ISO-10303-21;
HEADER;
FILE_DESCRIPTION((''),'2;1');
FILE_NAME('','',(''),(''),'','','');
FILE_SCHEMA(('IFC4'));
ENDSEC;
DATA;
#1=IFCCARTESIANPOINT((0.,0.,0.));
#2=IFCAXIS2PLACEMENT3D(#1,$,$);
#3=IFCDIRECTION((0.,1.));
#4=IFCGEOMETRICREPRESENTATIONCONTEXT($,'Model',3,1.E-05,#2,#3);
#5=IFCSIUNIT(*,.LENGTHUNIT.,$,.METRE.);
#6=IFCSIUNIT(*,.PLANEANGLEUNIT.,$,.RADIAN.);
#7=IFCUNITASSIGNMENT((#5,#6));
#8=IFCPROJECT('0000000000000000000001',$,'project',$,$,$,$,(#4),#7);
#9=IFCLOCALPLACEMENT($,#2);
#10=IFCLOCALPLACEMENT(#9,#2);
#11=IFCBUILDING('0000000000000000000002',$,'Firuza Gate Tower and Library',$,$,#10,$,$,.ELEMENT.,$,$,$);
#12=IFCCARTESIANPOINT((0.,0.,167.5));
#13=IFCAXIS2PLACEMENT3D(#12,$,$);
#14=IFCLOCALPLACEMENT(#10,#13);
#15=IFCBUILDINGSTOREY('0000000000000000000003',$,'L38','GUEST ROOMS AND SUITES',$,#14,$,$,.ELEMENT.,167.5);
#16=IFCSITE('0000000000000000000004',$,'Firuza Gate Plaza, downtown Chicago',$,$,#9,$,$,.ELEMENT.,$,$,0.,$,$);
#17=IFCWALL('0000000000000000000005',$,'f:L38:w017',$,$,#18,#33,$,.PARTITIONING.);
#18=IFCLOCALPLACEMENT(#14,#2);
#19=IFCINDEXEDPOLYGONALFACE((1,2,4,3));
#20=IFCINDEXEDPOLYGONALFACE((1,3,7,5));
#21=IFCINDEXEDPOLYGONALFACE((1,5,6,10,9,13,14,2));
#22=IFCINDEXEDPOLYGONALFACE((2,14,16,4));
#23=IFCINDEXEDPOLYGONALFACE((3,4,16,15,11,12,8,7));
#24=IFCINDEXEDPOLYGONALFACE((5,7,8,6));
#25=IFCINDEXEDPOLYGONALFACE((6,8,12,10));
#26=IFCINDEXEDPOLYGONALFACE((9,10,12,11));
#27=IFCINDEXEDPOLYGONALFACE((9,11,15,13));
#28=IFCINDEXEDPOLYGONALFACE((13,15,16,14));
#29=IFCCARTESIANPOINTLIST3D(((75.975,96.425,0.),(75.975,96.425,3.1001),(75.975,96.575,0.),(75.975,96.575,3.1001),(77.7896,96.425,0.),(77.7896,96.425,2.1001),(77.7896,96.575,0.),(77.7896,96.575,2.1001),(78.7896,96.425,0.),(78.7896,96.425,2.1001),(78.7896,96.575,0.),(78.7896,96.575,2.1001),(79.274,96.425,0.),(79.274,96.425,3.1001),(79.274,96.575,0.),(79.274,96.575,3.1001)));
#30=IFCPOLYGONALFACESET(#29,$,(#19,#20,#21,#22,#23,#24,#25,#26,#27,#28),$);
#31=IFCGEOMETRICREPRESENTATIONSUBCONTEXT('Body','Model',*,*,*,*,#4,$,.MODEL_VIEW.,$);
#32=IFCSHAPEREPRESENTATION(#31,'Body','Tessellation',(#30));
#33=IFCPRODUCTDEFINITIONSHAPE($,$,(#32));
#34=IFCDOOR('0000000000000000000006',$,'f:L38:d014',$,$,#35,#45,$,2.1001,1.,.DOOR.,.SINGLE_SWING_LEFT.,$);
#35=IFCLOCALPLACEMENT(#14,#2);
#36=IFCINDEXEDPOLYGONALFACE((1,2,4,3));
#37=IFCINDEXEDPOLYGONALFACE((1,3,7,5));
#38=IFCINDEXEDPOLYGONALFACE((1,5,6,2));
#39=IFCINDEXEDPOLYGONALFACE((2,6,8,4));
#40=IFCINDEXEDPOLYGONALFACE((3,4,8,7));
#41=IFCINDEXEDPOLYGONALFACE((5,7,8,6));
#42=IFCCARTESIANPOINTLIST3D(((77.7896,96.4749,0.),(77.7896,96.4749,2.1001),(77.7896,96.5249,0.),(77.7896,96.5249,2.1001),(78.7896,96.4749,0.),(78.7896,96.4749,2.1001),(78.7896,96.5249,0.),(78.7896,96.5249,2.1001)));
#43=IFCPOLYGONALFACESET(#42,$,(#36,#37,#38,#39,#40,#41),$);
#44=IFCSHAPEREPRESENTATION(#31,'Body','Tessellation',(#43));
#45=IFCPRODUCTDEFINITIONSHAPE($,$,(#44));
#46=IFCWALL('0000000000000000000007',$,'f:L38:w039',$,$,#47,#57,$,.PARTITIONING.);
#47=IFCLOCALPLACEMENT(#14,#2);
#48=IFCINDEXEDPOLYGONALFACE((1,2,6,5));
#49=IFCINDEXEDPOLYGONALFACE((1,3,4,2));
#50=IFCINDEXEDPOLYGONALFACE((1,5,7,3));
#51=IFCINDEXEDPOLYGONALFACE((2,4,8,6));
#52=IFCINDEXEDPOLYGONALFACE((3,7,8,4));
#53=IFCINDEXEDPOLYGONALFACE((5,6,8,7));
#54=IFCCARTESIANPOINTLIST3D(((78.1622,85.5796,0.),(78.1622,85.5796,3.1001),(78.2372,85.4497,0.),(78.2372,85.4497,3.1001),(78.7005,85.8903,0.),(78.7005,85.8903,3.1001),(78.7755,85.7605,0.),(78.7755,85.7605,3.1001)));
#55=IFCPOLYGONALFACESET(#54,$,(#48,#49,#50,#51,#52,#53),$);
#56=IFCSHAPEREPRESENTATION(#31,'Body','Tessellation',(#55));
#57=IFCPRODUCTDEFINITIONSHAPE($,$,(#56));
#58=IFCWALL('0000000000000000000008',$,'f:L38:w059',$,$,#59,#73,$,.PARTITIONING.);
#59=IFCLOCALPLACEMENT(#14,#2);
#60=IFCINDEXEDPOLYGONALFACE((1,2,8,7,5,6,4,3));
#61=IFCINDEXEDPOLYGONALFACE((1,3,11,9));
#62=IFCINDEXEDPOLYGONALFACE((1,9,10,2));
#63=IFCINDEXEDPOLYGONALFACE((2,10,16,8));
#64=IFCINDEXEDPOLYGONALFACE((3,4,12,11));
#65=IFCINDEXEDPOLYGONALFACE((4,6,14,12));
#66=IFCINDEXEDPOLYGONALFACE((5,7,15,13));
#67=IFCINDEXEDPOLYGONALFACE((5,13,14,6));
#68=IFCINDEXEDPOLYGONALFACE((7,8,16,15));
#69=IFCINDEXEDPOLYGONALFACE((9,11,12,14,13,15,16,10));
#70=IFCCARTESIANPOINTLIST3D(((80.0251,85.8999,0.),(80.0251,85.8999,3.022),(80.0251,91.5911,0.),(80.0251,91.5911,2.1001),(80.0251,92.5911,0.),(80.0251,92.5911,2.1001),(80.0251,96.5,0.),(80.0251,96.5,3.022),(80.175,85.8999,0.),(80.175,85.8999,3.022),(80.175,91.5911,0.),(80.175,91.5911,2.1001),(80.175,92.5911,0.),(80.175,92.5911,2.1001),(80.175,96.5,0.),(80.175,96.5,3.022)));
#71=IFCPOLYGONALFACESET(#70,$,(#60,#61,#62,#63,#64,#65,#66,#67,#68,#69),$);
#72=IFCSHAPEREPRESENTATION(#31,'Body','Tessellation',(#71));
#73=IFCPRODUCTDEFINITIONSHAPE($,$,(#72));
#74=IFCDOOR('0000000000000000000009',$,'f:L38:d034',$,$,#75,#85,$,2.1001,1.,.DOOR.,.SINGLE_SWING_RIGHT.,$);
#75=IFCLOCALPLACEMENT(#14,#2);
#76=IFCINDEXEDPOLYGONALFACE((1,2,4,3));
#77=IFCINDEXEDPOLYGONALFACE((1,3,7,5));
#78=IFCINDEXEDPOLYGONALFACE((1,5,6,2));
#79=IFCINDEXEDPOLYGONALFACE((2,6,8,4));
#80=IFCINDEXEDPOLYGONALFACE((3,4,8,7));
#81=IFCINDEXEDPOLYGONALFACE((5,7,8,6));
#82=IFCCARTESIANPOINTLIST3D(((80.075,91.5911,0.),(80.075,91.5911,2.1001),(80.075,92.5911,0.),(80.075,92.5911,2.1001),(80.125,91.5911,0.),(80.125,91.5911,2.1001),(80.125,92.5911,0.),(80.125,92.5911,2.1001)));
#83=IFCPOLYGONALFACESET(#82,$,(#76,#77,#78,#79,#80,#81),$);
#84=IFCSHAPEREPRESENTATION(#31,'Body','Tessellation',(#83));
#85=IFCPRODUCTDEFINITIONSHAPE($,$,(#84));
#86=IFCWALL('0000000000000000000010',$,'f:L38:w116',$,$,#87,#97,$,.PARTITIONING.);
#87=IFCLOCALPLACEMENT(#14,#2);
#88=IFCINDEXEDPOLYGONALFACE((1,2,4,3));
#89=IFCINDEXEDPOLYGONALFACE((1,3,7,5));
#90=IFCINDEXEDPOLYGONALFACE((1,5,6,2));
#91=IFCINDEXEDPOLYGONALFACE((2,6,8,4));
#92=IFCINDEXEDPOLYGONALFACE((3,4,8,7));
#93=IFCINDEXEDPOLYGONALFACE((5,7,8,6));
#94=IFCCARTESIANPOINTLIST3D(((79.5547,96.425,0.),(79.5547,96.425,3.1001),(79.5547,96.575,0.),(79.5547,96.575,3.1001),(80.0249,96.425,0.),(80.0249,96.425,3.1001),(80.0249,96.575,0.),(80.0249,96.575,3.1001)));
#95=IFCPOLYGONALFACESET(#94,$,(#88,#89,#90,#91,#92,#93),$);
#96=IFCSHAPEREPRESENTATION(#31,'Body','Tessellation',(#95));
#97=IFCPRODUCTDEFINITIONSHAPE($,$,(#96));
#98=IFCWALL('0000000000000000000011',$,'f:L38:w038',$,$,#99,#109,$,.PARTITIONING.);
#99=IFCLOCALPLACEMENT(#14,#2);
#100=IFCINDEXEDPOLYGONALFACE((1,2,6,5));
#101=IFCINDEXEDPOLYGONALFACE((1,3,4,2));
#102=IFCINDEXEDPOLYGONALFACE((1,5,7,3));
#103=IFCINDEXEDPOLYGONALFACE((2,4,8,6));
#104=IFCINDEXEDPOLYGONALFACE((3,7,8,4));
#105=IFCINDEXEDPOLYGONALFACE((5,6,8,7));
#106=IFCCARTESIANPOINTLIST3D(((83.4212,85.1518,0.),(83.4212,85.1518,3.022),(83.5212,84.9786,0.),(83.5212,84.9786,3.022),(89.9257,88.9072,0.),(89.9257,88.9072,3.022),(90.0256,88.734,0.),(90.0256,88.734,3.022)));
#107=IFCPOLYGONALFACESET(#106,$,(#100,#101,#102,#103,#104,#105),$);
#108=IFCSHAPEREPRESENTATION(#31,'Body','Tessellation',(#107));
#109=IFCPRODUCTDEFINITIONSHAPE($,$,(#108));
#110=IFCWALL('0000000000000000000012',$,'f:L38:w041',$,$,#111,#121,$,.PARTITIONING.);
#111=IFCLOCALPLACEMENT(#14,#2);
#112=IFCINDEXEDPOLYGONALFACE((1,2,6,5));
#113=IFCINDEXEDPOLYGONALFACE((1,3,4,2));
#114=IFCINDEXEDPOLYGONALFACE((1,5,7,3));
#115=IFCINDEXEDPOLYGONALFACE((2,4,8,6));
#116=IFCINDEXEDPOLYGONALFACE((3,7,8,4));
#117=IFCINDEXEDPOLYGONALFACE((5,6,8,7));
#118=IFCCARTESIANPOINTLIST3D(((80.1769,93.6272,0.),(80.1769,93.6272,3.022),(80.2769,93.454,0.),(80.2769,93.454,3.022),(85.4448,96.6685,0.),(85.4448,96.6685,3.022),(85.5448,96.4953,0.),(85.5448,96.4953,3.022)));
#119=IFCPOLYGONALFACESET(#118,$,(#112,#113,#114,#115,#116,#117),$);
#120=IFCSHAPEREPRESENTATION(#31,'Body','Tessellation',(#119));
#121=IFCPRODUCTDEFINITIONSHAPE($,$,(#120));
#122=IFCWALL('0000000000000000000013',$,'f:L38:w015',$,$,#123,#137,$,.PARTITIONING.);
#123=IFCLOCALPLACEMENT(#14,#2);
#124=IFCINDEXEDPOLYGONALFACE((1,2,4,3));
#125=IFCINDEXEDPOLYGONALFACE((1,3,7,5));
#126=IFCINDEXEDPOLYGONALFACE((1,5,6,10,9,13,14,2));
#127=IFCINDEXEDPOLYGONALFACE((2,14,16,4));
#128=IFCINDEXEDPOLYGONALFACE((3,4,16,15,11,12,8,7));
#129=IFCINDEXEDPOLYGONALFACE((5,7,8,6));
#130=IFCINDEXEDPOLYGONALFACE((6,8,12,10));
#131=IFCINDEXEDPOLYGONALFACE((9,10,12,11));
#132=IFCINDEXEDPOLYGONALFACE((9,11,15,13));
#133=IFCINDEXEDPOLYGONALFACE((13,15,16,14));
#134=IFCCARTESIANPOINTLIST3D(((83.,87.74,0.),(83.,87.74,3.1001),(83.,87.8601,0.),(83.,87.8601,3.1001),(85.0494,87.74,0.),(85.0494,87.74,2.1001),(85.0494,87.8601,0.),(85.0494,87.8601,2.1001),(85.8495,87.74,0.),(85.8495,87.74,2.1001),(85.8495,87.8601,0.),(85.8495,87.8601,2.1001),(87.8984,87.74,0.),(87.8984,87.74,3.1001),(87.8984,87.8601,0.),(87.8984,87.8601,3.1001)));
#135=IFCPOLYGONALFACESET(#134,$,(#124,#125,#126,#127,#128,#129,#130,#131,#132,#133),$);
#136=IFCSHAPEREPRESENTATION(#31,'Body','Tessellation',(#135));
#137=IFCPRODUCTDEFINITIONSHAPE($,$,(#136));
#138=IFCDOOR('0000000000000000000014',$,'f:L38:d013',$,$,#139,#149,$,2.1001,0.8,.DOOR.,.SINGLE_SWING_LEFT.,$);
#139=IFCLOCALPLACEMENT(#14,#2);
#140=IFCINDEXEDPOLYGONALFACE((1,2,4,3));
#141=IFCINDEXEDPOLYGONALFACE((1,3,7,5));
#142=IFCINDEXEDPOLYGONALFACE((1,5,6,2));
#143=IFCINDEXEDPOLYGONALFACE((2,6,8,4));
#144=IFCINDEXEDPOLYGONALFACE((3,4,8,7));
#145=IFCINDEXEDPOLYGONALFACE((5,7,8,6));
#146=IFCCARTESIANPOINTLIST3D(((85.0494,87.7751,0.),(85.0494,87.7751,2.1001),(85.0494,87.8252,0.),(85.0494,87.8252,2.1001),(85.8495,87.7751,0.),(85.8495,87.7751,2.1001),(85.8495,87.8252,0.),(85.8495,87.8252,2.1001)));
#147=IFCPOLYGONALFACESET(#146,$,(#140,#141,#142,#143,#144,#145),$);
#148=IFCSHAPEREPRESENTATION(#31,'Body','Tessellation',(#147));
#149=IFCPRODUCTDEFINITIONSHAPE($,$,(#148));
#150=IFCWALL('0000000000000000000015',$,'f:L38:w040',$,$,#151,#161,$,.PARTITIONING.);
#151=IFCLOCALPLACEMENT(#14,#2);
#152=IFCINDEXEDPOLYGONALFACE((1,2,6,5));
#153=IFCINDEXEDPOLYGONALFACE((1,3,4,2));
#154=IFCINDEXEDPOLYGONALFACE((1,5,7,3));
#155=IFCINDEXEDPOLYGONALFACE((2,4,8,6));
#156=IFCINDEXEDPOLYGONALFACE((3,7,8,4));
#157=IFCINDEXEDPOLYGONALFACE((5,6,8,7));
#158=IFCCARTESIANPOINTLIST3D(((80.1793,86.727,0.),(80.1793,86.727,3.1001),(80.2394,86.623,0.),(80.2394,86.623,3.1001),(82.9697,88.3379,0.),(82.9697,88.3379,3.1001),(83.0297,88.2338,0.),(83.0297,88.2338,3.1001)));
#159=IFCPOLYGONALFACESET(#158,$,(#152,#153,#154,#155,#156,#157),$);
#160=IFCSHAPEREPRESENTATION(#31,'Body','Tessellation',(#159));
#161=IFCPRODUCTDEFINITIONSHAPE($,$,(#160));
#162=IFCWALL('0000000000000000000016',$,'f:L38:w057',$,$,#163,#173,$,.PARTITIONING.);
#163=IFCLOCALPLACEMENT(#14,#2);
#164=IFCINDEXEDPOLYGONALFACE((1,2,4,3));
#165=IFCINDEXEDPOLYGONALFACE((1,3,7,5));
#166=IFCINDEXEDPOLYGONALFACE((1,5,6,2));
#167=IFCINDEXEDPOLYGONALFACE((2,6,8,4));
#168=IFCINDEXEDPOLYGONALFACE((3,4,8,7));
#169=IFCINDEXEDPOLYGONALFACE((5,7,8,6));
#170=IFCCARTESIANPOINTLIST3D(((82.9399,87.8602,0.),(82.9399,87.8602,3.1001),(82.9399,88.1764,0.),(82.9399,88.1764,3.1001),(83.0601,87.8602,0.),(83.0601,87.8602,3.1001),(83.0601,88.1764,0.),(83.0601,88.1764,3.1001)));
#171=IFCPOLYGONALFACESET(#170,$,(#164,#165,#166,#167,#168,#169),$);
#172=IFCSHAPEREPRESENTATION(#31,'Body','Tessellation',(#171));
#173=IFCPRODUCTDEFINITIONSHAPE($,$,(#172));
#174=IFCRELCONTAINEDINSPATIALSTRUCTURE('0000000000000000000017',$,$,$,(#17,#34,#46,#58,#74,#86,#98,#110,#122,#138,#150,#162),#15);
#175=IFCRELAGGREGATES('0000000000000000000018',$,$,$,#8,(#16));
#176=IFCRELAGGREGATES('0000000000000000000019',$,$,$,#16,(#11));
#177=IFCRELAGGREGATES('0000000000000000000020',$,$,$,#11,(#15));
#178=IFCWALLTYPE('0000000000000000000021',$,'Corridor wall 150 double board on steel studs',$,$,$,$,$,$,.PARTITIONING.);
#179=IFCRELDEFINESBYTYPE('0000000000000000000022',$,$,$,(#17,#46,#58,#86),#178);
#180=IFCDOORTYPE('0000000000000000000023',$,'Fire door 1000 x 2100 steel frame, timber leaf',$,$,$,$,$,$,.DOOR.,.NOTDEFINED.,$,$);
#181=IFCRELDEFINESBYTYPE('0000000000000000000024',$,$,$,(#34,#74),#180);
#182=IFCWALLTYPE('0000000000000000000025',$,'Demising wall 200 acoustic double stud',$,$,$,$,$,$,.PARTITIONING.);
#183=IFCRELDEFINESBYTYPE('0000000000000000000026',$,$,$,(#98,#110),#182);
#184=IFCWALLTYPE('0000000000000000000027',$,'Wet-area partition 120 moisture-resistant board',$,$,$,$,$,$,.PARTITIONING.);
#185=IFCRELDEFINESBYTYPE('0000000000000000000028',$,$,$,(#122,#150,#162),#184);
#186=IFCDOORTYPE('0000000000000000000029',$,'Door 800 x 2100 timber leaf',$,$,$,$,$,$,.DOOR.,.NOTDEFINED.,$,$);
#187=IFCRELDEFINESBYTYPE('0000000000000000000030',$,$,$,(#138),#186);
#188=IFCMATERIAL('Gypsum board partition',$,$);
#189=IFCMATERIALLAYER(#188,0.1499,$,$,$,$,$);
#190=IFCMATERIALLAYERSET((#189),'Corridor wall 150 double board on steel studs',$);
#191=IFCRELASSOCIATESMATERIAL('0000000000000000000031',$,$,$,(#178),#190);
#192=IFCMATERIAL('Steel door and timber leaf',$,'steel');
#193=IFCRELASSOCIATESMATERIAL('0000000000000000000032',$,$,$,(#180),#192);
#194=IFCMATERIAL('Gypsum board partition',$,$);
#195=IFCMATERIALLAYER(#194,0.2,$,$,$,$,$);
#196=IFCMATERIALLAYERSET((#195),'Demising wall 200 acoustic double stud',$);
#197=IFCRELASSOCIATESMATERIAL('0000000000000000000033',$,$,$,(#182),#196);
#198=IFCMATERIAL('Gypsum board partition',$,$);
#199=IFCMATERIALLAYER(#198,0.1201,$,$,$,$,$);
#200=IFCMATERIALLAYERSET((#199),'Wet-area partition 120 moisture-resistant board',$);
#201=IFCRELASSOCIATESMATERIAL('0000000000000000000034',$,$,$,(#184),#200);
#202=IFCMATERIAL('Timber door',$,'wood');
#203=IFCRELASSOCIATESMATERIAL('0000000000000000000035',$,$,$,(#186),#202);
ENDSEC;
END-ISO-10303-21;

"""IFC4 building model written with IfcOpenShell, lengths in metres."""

from ifc_helpers import new_model, si_unit, direction, frame, frame_2d, origin, place, context, subcontext, project, spatial, rectangle, extrude, material, layer, layer_set, type_object, element, fill, save


model = new_model("IFC4")

# Units and contexts
model_context = context("Model", 3, precision=1e-05, world=origin(), true_north=direction((0.0, 1.0)))
body_context = subcontext(model_context, "Body", "Model", "MODEL_VIEW")
ifc_project = project(units=[si_unit("LENGTHUNIT", "METRE"), si_unit("PLANEANGLEUNIT", "RADIAN")], contexts=[model_context])

# Site, building, storey
site_placement = place(None, origin())
site = spatial("IfcSite", under=ifc_project, at=site_placement, Name="Firuza Gate Plaza, downtown Chicago", CompositionType="ELEMENT", RefElevation=0.0)
building_placement = place(site_placement, origin())
building = spatial("IfcBuilding", under=site, at=building_placement, Name="Firuza Gate Tower and Library", CompositionType="ELEMENT")
storey_placement = place(building_placement, frame((0.0, 0.0, 167.5)))
storey = spatial("IfcBuildingStorey", under=building, at=storey_placement, Name="L38", Description="GUEST ROOMS AND SUITES", CompositionType="ELEMENT", Elevation=167.5)

# Shared definitions
ifc_material_1 = material(Name="Gypsum board partition")
ifc_layer_1 = layer(ifc_material_1, 0.1499)
ifc_layer_set_1 = layer_set([ifc_layer_1], Name="Corridor wall 150 double board on steel studs")
wall_type_1 = type_object("IfcWallType", Name="Corridor wall 150 double board on steel studs", PredefinedType="PARTITIONING", material=ifc_layer_set_1)

# Wall, opening, door
wall_1_placement = place(storey_placement, frame((75.9751, 96.5, 0.0), z_axis=(0.0, 0.0, 1.0), x_axis=(1.0, 0.0, 0.0)))
wall_1 = element("IfcWall", 1, at=wall_1_placement, inside=storey, type_object=wall_type_1, Name="f:L38:w017", PredefinedType="PARTITIONING", context=body_context, shape_type="SweptSolid", body=[
    extrude(rectangle(XDim=3.2991, YDim=0.1499, at=frame_2d((1.6494, 0.0))), origin(), (0.0, 0.0, 1.0), 3.1001),
])
opening_1_placement = place(wall_1_placement, frame((1.8145, 0.0, 0.0)))
opening_1 = element("IfcOpeningElement", 2, at=opening_1_placement, cuts=wall_1, PredefinedType="OPENING", context=body_context, shape_type="SweptSolid", body=[
    extrude(rectangle(XDim=1.0, YDim=2.1001, at=frame_2d((0.5, 1.05))), frame((0.0, 0.085, 0.0), z_axis=(0.0, -1.0, 0.0), x_axis=(1.0, 0.0, 0.0)), (0.0, 0.0, 1.0), 0.1699),
])
ifc_material_2 = material(Name="Steel door and timber leaf", Category="steel")
door_type_1 = type_object("IfcDoorType", Name="Fire door 1000 x 2100 steel frame, timber leaf", OperationType="NOTDEFINED", PredefinedType="DOOR", material=ifc_material_2)
door_1_placement = place(opening_1_placement, origin())
door_1 = element("IfcDoor", 3, at=door_1_placement, inside=storey, type_object=door_type_1, Name="f:L38:d014", OperationType="SINGLE_SWING_LEFT", OverallHeight=2.1001, OverallWidth=1.0, PredefinedType="DOOR", context=body_context, shape_type="SweptSolid", body=[
    extrude(rectangle(XDim=1.0, YDim=2.1001, at=frame_2d((0.5, 1.05))), frame((0.0, 0.0249, 0.0), z_axis=(0.0, -1.0, 0.0), x_axis=(1.0, 0.0, 0.0)), (0.0, 0.0, 1.0), 0.05),
])
fill(opening_1, door_1)

# Wall
wall_2_placement = place(storey_placement, frame((78.1997, 85.5146, 0.0), z_axis=(0.0, 0.0, 1.0), x_axis=(0.866035, 0.499983, 0.0)))
element("IfcWall", 4, at=wall_2_placement, inside=storey, type_object=wall_type_1, Name="f:L38:w039", PredefinedType="PARTITIONING", context=body_context, shape_type="SweptSolid", body=[
    extrude(rectangle(XDim=0.6216, YDim=0.1499, at=frame_2d((0.3108, 0.0))), origin(), (0.0, 0.0, 1.0), 3.1001),
])

# Wall, opening, door
wall_3_placement = place(storey_placement, frame((80.1001, 96.5, 0.0), z_axis=(0.0, 0.0, 1.0), x_axis=(0.0, -1.0, 0.0)))
wall_3 = element("IfcWall", 5, at=wall_3_placement, inside=storey, type_object=wall_type_1, Name="f:L38:w059", PredefinedType="PARTITIONING", context=body_context, shape_type="SweptSolid", body=[
    extrude(rectangle(XDim=10.6001, YDim=0.1499, at=frame_2d((5.3, 0.0))), origin(), (0.0, 0.0, 1.0), 3.022),
])
opening_2_placement = place(wall_3_placement, frame((3.9089, 0.0, 0.0)))
opening_2 = element("IfcOpeningElement", 6, at=opening_2_placement, cuts=wall_3, PredefinedType="OPENING", context=body_context, shape_type="SweptSolid", body=[
    extrude(rectangle(XDim=1.0, YDim=2.1001, at=frame_2d((0.5, 1.05))), frame((0.0, 0.085, 0.0), z_axis=(0.0, -1.0, 0.0), x_axis=(1.0, 0.0, 0.0)), (0.0, 0.0, 1.0), 0.1699),
])
door_2_placement = place(opening_2_placement, origin())
door_2 = element("IfcDoor", 7, at=door_2_placement, inside=storey, type_object=door_type_1, Name="f:L38:d034", OperationType="SINGLE_SWING_RIGHT", OverallHeight=2.1001, OverallWidth=1.0, PredefinedType="DOOR", context=body_context, shape_type="SweptSolid", body=[
    extrude(rectangle(XDim=1.0, YDim=2.1001, at=frame_2d((0.5, 1.05))), frame((0.0, 0.0249, 0.0), z_axis=(0.0, -1.0, 0.0), x_axis=(1.0, 0.0, 0.0)), (0.0, 0.0, 1.0), 0.05),
])
fill(opening_2, door_2)

# Walls
wall_4_placement = place(storey_placement, frame((79.5547, 96.5, 0.0), z_axis=(0.0, 0.0, 1.0), x_axis=(1.0, 0.0, 0.0)))
element("IfcWall", 8, at=wall_4_placement, inside=storey, type_object=wall_type_1, Name="f:L38:w116", PredefinedType="PARTITIONING", context=body_context, shape_type="SweptSolid", body=[
    extrude(rectangle(XDim=0.4702, YDim=0.1499, at=frame_2d((0.2351, 0.0))), origin(), (0.0, 0.0, 1.0), 3.1001),
])
ifc_material_3 = material(Name="Gypsum board partition")
ifc_layer_2 = layer(ifc_material_3, 0.2)
ifc_layer_set_2 = layer_set([ifc_layer_2], Name="Demising wall 200 acoustic double stud")
wall_type_2 = type_object("IfcWallType", Name="Demising wall 200 acoustic double stud", PredefinedType="PARTITIONING", material=ifc_layer_set_2)
wall_5_placement = place(storey_placement, frame((83.4712, 85.0652, 0.0), z_axis=(0.0, 0.0, 1.0), x_axis=(0.866022, 0.500006, 0.0)))
element("IfcWall", 9, at=wall_5_placement, inside=storey, type_object=wall_type_2, Name="f:L38:w038", PredefinedType="PARTITIONING", context=body_context, shape_type="SweptSolid", body=[
    extrude(rectangle(XDim=7.5107, YDim=0.2, at=frame_2d((3.7554, 0.0))), origin(), (0.0, 0.0, 1.0), 3.022),
])
wall_6_placement = place(storey_placement, frame((80.2268, 93.5405, 0.0), z_axis=(0.0, 0.0, 1.0), x_axis=(0.866034, 0.499985, 0.0)))
element("IfcWall", 10, at=wall_6_placement, inside=storey, type_object=wall_type_2, Name="f:L38:w041", PredefinedType="PARTITIONING", context=body_context, shape_type="SweptSolid", body=[
    extrude(rectangle(XDim=6.0828, YDim=0.2, at=frame_2d((3.0415, 0.0))), origin(), (0.0, 0.0, 1.0), 3.022),
])

# Wall, opening, door
ifc_material_4 = material(Name="Gypsum board partition")
ifc_layer_3 = layer(ifc_material_4, 0.1201)
ifc_layer_set_3 = layer_set([ifc_layer_3], Name="Wet-area partition 120 moisture-resistant board")
wall_type_3 = type_object("IfcWallType", Name="Wet-area partition 120 moisture-resistant board", PredefinedType="PARTITIONING", material=ifc_layer_set_3)
wall_7_placement = place(storey_placement, frame((87.8984, 87.8, 0.0), z_axis=(0.0, 0.0, 1.0), x_axis=(-1.0, 0.0, 0.0)))
wall_7 = element("IfcWall", 11, at=wall_7_placement, inside=storey, type_object=wall_type_3, Name="f:L38:w015", PredefinedType="PARTITIONING", context=body_context, shape_type="SweptSolid", body=[
    extrude(rectangle(XDim=4.8984, YDim=0.1201, at=frame_2d((2.4492, 0.0))), origin(), (0.0, 0.0, 1.0), 3.1001),
])
opening_3_placement = place(wall_7_placement, frame((2.0491, 0.0, 0.0)))
opening_3 = element("IfcOpeningElement", 12, at=opening_3_placement, cuts=wall_7, PredefinedType="OPENING", context=body_context, shape_type="SweptSolid", body=[
    extrude(rectangle(XDim=0.8, YDim=2.1001, at=frame_2d((0.3999, 1.05))), frame((0.0, 0.0701, 0.0), z_axis=(0.0, -1.0, 0.0), x_axis=(1.0, 0.0, 0.0)), (0.0, 0.0, 1.0), 0.1401),
])
ifc_material_5 = material(Name="Timber door", Category="wood")
door_type_2 = type_object("IfcDoorType", Name="Door 800 x 2100 timber leaf", OperationType="NOTDEFINED", PredefinedType="DOOR", material=ifc_material_5)
door_3_placement = place(opening_3_placement, origin())
door_3 = element("IfcDoor", 13, at=door_3_placement, inside=storey, type_object=door_type_2, Name="f:L38:d013", OperationType="SINGLE_SWING_LEFT", OverallHeight=2.1001, OverallWidth=0.8, PredefinedType="DOOR", context=body_context, shape_type="SweptSolid", body=[
    extrude(rectangle(XDim=0.8, YDim=2.1001, at=frame_2d((0.3999, 1.05))), frame((0.0, 0.0249, 0.0), z_axis=(0.0, -1.0, 0.0), x_axis=(1.0, 0.0, 0.0)), (0.0, 0.0, 1.0), 0.05),
])
fill(opening_3, door_3)

# Walls
wall_8_placement = place(storey_placement, frame((80.2095, 86.675, 0.0), z_axis=(0.0, 0.0, 1.0), x_axis=(0.866043, 0.49997, 0.0)))
element("IfcWall", 14, at=wall_8_placement, inside=storey, type_object=wall_type_3, Name="f:L38:w040", PredefinedType="PARTITIONING", context=body_context, shape_type="SweptSolid", body=[
    extrude(rectangle(XDim=3.2219, YDim=0.1201, at=frame_2d((1.6108, 0.0))), origin(), (0.0, 0.0, 1.0), 3.1001),
])
wall_9_placement = place(storey_placement, frame((83.0, 87.8601, 0.0), z_axis=(0.0, 0.0, 1.0), x_axis=(0.0, 1.0, 0.0)))
element("IfcWall", 15, at=wall_9_placement, inside=storey, type_object=wall_type_3, Name="f:L38:w057", PredefinedType="PARTITIONING", context=body_context, shape_type="SweptSolid", body=[
    extrude(rectangle(XDim=0.3162, YDim=0.1201, at=frame_2d((0.1582, 0.0))), origin(), (0.0, 0.0, 1.0), 3.1001),
])

save(model, "model.ifc")
